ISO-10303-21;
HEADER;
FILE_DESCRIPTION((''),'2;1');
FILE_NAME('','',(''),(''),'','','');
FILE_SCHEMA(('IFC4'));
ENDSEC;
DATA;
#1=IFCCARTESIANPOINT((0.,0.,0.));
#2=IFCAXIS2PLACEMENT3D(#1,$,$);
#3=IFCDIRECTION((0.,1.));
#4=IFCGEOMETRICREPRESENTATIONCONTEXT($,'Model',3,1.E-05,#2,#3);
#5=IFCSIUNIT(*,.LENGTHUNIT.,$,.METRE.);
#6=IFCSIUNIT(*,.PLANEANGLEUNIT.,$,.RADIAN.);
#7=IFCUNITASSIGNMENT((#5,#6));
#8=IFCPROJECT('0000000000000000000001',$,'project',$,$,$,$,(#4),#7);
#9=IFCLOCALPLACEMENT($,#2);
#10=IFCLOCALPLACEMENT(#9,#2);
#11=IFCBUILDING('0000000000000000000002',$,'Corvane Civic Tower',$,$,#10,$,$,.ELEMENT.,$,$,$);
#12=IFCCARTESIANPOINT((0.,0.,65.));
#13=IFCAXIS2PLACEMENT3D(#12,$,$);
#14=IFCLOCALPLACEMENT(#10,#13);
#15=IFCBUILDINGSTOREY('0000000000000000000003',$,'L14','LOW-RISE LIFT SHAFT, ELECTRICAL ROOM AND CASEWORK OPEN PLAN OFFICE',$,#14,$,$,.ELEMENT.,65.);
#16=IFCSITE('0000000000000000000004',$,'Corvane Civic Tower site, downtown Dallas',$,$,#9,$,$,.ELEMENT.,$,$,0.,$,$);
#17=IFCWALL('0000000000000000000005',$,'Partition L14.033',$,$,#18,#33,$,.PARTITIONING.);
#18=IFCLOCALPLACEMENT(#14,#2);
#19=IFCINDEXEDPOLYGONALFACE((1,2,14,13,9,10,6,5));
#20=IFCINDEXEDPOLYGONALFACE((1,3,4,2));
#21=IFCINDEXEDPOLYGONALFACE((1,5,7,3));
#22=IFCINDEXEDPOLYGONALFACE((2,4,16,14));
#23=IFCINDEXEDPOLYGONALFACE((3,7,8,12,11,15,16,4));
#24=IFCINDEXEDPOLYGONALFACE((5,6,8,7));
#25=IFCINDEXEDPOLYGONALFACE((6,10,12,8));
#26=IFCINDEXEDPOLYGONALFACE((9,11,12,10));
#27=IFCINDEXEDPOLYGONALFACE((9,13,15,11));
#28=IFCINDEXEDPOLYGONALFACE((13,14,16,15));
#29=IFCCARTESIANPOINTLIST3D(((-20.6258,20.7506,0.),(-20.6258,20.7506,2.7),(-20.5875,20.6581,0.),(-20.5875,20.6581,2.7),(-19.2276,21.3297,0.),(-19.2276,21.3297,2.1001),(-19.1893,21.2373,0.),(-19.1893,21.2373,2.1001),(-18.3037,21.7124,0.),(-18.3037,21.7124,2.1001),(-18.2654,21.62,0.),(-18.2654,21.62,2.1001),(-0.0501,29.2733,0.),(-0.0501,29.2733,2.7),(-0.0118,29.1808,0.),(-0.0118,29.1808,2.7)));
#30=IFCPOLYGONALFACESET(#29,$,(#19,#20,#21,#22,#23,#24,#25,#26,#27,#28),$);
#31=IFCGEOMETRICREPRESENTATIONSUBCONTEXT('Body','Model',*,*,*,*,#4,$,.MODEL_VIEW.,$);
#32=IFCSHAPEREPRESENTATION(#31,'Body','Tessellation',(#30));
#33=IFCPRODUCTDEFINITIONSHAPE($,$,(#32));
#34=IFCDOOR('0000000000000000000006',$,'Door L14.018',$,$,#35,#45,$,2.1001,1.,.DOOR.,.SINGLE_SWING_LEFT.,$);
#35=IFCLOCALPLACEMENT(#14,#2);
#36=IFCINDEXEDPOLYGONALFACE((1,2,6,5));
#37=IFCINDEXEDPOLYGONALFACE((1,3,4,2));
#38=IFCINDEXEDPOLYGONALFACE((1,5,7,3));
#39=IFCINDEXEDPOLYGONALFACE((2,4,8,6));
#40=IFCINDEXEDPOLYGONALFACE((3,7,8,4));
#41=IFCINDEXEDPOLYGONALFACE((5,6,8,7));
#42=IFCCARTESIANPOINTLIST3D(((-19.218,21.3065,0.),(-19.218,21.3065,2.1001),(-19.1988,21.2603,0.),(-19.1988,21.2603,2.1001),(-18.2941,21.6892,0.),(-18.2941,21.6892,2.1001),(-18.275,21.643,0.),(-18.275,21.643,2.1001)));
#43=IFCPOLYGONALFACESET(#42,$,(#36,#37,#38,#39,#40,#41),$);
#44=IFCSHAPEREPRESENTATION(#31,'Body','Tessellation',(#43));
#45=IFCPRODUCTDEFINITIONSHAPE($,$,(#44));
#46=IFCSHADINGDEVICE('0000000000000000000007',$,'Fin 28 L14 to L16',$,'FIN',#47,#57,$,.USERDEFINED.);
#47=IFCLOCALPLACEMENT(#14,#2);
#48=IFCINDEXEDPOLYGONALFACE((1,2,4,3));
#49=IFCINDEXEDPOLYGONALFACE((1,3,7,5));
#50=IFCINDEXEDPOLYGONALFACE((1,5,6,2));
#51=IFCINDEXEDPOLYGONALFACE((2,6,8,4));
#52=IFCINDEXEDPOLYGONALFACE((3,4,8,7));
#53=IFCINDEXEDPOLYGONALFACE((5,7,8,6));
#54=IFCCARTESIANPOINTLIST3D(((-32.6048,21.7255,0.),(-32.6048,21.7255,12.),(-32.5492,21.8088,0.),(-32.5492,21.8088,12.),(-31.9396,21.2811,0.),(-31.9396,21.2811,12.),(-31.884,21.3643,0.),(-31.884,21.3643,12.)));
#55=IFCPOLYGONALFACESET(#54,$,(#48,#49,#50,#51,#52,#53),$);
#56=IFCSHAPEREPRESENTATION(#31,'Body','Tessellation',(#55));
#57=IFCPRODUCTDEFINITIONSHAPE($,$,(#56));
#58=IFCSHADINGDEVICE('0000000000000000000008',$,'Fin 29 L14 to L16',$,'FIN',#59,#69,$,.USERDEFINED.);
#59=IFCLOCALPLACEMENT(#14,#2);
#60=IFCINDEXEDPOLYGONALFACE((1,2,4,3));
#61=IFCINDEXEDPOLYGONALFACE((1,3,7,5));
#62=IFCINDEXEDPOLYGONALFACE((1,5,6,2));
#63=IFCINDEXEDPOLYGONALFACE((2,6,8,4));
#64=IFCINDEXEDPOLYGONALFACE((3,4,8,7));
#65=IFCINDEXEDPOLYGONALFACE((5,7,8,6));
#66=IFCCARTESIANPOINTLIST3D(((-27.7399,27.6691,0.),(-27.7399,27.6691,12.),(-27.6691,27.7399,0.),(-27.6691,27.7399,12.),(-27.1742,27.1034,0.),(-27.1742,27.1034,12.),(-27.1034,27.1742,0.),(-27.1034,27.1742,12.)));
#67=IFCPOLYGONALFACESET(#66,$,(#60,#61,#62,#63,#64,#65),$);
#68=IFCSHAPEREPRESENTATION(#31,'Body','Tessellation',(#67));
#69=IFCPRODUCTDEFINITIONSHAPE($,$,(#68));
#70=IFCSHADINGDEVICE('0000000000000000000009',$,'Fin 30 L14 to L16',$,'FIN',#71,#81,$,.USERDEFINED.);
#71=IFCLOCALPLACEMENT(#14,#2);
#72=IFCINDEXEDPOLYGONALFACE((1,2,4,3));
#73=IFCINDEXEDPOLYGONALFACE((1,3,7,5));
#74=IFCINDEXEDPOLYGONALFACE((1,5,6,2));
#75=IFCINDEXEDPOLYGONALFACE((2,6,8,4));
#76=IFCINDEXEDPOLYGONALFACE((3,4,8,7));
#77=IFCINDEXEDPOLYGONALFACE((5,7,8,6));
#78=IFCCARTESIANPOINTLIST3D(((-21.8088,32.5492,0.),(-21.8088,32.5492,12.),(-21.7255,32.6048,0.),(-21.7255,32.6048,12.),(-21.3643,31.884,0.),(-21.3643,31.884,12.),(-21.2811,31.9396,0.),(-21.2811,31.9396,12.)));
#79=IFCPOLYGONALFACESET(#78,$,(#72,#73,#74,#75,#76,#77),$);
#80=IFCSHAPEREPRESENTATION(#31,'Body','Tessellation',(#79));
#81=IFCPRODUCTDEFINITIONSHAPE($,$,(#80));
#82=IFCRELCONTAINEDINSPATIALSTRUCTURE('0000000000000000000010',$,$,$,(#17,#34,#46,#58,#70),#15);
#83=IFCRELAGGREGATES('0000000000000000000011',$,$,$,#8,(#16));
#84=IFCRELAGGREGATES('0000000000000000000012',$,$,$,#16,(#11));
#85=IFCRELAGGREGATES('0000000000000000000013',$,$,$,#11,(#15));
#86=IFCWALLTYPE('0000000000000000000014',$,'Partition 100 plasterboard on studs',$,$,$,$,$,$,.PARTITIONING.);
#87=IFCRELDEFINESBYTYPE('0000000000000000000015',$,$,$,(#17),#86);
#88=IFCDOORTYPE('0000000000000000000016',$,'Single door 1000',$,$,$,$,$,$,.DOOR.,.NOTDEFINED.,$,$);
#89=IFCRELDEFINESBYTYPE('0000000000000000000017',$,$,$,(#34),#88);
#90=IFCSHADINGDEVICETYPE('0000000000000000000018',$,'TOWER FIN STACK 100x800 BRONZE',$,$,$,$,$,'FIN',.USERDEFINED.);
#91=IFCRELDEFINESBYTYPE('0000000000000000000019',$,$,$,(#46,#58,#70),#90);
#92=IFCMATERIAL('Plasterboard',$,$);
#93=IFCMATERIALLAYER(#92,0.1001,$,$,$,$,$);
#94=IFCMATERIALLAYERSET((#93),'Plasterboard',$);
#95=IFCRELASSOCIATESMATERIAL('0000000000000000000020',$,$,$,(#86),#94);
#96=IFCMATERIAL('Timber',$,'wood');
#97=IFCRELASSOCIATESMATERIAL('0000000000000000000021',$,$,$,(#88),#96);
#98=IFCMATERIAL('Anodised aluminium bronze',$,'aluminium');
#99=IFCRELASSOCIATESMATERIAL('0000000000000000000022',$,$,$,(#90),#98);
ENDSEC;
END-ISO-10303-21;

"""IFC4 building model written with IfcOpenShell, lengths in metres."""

from ifc_helpers import new_model, si_unit, direction, frame, frame_2d, origin, origin_2d, place, context, subcontext, project, spatial, rectangle, extrude, material, layer, layer_set, material_profile, profile_set, type_object, element, fill, save


model = new_model("IFC4")

# Units and contexts
model_context = context("Model", 3, precision=1e-05, world=origin(), true_north=direction((0.0, 1.0)))
body_context = subcontext(model_context, "Body", "Model", "MODEL_VIEW")
ifc_project = project(units=[si_unit("LENGTHUNIT", "METRE"), si_unit("PLANEANGLEUNIT", "RADIAN")], contexts=[model_context])

# Site, building, storey
site_placement = place(None, origin())
site = spatial("IfcSite", under=ifc_project, at=site_placement, Name="Corvane Civic Tower site, downtown Dallas", CompositionType="ELEMENT", RefElevation=0.0)
building_placement = place(site_placement, origin())
building = spatial("IfcBuilding", under=site, at=building_placement, Name="Corvane Civic Tower", CompositionType="ELEMENT")
storey_placement = place(building_placement, frame((0.0, 0.0, 65.0)))
storey = spatial("IfcBuildingStorey", under=building, at=storey_placement, Name="L14", Description="LOW-RISE LIFT SHAFT, ELECTRICAL ROOM AND CASEWORK OPEN PLAN OFFICE", CompositionType="ELEMENT", Elevation=65.0)

# Shared definitions
ifc_material_1 = material(Name="Plasterboard")
ifc_layer_1 = layer(ifc_material_1, 0.1001)
ifc_layer_set_1 = layer_set([ifc_layer_1], Name="Plasterboard")
wall_type = type_object("IfcWallType", Name="Partition 100 plasterboard on studs", PredefinedType="PARTITIONING", material=ifc_layer_set_1)

# Wall, opening, door
wall_1_placement = place(storey_placement, frame((-20.6067, 20.7043, 0.0), z_axis=(0.0, 0.0, 1.0), x_axis=(0.92388, 0.382683, 0.0)))
wall_1 = element("IfcWall", 1, at=wall_1_placement, inside=storey, type_object=wall_type, Name="Partition L14.033", PredefinedType="PARTITIONING", context=body_context, shape_type="SweptSolid", body=[
    extrude(rectangle(XDim=22.271, YDim=0.1001, at=frame_2d((11.1355, 0.0))), origin(), (0.0, 0.0, 1.0), 2.7),
])
opening_placement = place(wall_1_placement, frame((1.5134, 0.0, 0.0)))
opening = element("IfcOpeningElement", 2, at=opening_placement, cuts=wall_1, PredefinedType="OPENING", context=body_context, shape_type="SweptSolid", body=[
    extrude(rectangle(XDim=1.0, YDim=2.1001, at=frame_2d((0.5, 1.05))), frame((0.0, 0.0601, 0.0), z_axis=(0.0, -1.0, 0.0), x_axis=(1.0, 0.0, 0.0)), (0.0, 0.0, 1.0), 0.1201),
])
ifc_material_2 = material(Name="Timber", Category="wood")
door_type = type_object("IfcDoorType", Name="Single door 1000", OperationType="NOTDEFINED", PredefinedType="DOOR", material=ifc_material_2)
door_placement = place(opening_placement, origin())
door = element("IfcDoor", 3, at=door_placement, inside=storey, type_object=door_type, Name="Door L14.018", OperationType="SINGLE_SWING_LEFT", OverallHeight=2.1001, OverallWidth=1.0, PredefinedType="DOOR", context=body_context, shape_type="SweptSolid", body=[
    extrude(rectangle(XDim=1.0, YDim=2.1001, at=frame_2d((0.5, 1.05))), frame((0.0, 0.0249, 0.0), z_axis=(0.0, -1.0, 0.0), x_axis=(1.0, 0.0, 0.0)), (0.0, 0.0, 1.0), 0.05),
])
fill(opening, door)

# Shading devices
ifc_material_3 = material(Name="Anodised aluminium bronze", Category="aluminium")
ifc_material_profile_1 = material_profile(ifc_material_3, rectangle(XDim=0.1001, YDim=0.8, at=origin_2d()), Name="TOWER FIN STACK 100x800 BRONZE")
ifc_profile_set_1 = profile_set([ifc_material_profile_1], Name="Anodised aluminium bronze")
shading_device_type = type_object("IfcShadingDeviceType", Name="TOWER FIN STACK 100x800 BRONZE", ElementType="FIN", PredefinedType="USERDEFINED", material=ifc_profile_set_1)
for number, where, z_axis, x_axis, name in (
    (4, (-32.2444, 21.5449, 0.0), (0.0, 0.0, 1.0), (0.55557, 0.83147, 0.0), "Fin 28 L14 to L16"),
    (5, (-27.4216, 27.4216, 0.0), (0.0, 0.0, 1.0), (0.707107, 0.707107, 0.0), "Fin 29 L14 to L16"),
    (6, (-21.5449, 32.2444, 0.0), (0.0, 0.0, 1.0), (0.83147, 0.55557, 0.0), "Fin 30 L14 to L16"),
):
    element("IfcShadingDevice", number, at=place(storey_placement, frame(where, z_axis=z_axis, x_axis=x_axis)), inside=storey, type_object=shading_device_type, Name=name, ObjectType="FIN", PredefinedType="USERDEFINED", context=body_context, shape_type="SweptSolid", body=[
        extrude(rectangle(XDim=0.1001, YDim=0.8, at=origin_2d()), origin(), (0.0, 0.0, 1.0), 12.0),
    ])

save(model, "model.ifc")
